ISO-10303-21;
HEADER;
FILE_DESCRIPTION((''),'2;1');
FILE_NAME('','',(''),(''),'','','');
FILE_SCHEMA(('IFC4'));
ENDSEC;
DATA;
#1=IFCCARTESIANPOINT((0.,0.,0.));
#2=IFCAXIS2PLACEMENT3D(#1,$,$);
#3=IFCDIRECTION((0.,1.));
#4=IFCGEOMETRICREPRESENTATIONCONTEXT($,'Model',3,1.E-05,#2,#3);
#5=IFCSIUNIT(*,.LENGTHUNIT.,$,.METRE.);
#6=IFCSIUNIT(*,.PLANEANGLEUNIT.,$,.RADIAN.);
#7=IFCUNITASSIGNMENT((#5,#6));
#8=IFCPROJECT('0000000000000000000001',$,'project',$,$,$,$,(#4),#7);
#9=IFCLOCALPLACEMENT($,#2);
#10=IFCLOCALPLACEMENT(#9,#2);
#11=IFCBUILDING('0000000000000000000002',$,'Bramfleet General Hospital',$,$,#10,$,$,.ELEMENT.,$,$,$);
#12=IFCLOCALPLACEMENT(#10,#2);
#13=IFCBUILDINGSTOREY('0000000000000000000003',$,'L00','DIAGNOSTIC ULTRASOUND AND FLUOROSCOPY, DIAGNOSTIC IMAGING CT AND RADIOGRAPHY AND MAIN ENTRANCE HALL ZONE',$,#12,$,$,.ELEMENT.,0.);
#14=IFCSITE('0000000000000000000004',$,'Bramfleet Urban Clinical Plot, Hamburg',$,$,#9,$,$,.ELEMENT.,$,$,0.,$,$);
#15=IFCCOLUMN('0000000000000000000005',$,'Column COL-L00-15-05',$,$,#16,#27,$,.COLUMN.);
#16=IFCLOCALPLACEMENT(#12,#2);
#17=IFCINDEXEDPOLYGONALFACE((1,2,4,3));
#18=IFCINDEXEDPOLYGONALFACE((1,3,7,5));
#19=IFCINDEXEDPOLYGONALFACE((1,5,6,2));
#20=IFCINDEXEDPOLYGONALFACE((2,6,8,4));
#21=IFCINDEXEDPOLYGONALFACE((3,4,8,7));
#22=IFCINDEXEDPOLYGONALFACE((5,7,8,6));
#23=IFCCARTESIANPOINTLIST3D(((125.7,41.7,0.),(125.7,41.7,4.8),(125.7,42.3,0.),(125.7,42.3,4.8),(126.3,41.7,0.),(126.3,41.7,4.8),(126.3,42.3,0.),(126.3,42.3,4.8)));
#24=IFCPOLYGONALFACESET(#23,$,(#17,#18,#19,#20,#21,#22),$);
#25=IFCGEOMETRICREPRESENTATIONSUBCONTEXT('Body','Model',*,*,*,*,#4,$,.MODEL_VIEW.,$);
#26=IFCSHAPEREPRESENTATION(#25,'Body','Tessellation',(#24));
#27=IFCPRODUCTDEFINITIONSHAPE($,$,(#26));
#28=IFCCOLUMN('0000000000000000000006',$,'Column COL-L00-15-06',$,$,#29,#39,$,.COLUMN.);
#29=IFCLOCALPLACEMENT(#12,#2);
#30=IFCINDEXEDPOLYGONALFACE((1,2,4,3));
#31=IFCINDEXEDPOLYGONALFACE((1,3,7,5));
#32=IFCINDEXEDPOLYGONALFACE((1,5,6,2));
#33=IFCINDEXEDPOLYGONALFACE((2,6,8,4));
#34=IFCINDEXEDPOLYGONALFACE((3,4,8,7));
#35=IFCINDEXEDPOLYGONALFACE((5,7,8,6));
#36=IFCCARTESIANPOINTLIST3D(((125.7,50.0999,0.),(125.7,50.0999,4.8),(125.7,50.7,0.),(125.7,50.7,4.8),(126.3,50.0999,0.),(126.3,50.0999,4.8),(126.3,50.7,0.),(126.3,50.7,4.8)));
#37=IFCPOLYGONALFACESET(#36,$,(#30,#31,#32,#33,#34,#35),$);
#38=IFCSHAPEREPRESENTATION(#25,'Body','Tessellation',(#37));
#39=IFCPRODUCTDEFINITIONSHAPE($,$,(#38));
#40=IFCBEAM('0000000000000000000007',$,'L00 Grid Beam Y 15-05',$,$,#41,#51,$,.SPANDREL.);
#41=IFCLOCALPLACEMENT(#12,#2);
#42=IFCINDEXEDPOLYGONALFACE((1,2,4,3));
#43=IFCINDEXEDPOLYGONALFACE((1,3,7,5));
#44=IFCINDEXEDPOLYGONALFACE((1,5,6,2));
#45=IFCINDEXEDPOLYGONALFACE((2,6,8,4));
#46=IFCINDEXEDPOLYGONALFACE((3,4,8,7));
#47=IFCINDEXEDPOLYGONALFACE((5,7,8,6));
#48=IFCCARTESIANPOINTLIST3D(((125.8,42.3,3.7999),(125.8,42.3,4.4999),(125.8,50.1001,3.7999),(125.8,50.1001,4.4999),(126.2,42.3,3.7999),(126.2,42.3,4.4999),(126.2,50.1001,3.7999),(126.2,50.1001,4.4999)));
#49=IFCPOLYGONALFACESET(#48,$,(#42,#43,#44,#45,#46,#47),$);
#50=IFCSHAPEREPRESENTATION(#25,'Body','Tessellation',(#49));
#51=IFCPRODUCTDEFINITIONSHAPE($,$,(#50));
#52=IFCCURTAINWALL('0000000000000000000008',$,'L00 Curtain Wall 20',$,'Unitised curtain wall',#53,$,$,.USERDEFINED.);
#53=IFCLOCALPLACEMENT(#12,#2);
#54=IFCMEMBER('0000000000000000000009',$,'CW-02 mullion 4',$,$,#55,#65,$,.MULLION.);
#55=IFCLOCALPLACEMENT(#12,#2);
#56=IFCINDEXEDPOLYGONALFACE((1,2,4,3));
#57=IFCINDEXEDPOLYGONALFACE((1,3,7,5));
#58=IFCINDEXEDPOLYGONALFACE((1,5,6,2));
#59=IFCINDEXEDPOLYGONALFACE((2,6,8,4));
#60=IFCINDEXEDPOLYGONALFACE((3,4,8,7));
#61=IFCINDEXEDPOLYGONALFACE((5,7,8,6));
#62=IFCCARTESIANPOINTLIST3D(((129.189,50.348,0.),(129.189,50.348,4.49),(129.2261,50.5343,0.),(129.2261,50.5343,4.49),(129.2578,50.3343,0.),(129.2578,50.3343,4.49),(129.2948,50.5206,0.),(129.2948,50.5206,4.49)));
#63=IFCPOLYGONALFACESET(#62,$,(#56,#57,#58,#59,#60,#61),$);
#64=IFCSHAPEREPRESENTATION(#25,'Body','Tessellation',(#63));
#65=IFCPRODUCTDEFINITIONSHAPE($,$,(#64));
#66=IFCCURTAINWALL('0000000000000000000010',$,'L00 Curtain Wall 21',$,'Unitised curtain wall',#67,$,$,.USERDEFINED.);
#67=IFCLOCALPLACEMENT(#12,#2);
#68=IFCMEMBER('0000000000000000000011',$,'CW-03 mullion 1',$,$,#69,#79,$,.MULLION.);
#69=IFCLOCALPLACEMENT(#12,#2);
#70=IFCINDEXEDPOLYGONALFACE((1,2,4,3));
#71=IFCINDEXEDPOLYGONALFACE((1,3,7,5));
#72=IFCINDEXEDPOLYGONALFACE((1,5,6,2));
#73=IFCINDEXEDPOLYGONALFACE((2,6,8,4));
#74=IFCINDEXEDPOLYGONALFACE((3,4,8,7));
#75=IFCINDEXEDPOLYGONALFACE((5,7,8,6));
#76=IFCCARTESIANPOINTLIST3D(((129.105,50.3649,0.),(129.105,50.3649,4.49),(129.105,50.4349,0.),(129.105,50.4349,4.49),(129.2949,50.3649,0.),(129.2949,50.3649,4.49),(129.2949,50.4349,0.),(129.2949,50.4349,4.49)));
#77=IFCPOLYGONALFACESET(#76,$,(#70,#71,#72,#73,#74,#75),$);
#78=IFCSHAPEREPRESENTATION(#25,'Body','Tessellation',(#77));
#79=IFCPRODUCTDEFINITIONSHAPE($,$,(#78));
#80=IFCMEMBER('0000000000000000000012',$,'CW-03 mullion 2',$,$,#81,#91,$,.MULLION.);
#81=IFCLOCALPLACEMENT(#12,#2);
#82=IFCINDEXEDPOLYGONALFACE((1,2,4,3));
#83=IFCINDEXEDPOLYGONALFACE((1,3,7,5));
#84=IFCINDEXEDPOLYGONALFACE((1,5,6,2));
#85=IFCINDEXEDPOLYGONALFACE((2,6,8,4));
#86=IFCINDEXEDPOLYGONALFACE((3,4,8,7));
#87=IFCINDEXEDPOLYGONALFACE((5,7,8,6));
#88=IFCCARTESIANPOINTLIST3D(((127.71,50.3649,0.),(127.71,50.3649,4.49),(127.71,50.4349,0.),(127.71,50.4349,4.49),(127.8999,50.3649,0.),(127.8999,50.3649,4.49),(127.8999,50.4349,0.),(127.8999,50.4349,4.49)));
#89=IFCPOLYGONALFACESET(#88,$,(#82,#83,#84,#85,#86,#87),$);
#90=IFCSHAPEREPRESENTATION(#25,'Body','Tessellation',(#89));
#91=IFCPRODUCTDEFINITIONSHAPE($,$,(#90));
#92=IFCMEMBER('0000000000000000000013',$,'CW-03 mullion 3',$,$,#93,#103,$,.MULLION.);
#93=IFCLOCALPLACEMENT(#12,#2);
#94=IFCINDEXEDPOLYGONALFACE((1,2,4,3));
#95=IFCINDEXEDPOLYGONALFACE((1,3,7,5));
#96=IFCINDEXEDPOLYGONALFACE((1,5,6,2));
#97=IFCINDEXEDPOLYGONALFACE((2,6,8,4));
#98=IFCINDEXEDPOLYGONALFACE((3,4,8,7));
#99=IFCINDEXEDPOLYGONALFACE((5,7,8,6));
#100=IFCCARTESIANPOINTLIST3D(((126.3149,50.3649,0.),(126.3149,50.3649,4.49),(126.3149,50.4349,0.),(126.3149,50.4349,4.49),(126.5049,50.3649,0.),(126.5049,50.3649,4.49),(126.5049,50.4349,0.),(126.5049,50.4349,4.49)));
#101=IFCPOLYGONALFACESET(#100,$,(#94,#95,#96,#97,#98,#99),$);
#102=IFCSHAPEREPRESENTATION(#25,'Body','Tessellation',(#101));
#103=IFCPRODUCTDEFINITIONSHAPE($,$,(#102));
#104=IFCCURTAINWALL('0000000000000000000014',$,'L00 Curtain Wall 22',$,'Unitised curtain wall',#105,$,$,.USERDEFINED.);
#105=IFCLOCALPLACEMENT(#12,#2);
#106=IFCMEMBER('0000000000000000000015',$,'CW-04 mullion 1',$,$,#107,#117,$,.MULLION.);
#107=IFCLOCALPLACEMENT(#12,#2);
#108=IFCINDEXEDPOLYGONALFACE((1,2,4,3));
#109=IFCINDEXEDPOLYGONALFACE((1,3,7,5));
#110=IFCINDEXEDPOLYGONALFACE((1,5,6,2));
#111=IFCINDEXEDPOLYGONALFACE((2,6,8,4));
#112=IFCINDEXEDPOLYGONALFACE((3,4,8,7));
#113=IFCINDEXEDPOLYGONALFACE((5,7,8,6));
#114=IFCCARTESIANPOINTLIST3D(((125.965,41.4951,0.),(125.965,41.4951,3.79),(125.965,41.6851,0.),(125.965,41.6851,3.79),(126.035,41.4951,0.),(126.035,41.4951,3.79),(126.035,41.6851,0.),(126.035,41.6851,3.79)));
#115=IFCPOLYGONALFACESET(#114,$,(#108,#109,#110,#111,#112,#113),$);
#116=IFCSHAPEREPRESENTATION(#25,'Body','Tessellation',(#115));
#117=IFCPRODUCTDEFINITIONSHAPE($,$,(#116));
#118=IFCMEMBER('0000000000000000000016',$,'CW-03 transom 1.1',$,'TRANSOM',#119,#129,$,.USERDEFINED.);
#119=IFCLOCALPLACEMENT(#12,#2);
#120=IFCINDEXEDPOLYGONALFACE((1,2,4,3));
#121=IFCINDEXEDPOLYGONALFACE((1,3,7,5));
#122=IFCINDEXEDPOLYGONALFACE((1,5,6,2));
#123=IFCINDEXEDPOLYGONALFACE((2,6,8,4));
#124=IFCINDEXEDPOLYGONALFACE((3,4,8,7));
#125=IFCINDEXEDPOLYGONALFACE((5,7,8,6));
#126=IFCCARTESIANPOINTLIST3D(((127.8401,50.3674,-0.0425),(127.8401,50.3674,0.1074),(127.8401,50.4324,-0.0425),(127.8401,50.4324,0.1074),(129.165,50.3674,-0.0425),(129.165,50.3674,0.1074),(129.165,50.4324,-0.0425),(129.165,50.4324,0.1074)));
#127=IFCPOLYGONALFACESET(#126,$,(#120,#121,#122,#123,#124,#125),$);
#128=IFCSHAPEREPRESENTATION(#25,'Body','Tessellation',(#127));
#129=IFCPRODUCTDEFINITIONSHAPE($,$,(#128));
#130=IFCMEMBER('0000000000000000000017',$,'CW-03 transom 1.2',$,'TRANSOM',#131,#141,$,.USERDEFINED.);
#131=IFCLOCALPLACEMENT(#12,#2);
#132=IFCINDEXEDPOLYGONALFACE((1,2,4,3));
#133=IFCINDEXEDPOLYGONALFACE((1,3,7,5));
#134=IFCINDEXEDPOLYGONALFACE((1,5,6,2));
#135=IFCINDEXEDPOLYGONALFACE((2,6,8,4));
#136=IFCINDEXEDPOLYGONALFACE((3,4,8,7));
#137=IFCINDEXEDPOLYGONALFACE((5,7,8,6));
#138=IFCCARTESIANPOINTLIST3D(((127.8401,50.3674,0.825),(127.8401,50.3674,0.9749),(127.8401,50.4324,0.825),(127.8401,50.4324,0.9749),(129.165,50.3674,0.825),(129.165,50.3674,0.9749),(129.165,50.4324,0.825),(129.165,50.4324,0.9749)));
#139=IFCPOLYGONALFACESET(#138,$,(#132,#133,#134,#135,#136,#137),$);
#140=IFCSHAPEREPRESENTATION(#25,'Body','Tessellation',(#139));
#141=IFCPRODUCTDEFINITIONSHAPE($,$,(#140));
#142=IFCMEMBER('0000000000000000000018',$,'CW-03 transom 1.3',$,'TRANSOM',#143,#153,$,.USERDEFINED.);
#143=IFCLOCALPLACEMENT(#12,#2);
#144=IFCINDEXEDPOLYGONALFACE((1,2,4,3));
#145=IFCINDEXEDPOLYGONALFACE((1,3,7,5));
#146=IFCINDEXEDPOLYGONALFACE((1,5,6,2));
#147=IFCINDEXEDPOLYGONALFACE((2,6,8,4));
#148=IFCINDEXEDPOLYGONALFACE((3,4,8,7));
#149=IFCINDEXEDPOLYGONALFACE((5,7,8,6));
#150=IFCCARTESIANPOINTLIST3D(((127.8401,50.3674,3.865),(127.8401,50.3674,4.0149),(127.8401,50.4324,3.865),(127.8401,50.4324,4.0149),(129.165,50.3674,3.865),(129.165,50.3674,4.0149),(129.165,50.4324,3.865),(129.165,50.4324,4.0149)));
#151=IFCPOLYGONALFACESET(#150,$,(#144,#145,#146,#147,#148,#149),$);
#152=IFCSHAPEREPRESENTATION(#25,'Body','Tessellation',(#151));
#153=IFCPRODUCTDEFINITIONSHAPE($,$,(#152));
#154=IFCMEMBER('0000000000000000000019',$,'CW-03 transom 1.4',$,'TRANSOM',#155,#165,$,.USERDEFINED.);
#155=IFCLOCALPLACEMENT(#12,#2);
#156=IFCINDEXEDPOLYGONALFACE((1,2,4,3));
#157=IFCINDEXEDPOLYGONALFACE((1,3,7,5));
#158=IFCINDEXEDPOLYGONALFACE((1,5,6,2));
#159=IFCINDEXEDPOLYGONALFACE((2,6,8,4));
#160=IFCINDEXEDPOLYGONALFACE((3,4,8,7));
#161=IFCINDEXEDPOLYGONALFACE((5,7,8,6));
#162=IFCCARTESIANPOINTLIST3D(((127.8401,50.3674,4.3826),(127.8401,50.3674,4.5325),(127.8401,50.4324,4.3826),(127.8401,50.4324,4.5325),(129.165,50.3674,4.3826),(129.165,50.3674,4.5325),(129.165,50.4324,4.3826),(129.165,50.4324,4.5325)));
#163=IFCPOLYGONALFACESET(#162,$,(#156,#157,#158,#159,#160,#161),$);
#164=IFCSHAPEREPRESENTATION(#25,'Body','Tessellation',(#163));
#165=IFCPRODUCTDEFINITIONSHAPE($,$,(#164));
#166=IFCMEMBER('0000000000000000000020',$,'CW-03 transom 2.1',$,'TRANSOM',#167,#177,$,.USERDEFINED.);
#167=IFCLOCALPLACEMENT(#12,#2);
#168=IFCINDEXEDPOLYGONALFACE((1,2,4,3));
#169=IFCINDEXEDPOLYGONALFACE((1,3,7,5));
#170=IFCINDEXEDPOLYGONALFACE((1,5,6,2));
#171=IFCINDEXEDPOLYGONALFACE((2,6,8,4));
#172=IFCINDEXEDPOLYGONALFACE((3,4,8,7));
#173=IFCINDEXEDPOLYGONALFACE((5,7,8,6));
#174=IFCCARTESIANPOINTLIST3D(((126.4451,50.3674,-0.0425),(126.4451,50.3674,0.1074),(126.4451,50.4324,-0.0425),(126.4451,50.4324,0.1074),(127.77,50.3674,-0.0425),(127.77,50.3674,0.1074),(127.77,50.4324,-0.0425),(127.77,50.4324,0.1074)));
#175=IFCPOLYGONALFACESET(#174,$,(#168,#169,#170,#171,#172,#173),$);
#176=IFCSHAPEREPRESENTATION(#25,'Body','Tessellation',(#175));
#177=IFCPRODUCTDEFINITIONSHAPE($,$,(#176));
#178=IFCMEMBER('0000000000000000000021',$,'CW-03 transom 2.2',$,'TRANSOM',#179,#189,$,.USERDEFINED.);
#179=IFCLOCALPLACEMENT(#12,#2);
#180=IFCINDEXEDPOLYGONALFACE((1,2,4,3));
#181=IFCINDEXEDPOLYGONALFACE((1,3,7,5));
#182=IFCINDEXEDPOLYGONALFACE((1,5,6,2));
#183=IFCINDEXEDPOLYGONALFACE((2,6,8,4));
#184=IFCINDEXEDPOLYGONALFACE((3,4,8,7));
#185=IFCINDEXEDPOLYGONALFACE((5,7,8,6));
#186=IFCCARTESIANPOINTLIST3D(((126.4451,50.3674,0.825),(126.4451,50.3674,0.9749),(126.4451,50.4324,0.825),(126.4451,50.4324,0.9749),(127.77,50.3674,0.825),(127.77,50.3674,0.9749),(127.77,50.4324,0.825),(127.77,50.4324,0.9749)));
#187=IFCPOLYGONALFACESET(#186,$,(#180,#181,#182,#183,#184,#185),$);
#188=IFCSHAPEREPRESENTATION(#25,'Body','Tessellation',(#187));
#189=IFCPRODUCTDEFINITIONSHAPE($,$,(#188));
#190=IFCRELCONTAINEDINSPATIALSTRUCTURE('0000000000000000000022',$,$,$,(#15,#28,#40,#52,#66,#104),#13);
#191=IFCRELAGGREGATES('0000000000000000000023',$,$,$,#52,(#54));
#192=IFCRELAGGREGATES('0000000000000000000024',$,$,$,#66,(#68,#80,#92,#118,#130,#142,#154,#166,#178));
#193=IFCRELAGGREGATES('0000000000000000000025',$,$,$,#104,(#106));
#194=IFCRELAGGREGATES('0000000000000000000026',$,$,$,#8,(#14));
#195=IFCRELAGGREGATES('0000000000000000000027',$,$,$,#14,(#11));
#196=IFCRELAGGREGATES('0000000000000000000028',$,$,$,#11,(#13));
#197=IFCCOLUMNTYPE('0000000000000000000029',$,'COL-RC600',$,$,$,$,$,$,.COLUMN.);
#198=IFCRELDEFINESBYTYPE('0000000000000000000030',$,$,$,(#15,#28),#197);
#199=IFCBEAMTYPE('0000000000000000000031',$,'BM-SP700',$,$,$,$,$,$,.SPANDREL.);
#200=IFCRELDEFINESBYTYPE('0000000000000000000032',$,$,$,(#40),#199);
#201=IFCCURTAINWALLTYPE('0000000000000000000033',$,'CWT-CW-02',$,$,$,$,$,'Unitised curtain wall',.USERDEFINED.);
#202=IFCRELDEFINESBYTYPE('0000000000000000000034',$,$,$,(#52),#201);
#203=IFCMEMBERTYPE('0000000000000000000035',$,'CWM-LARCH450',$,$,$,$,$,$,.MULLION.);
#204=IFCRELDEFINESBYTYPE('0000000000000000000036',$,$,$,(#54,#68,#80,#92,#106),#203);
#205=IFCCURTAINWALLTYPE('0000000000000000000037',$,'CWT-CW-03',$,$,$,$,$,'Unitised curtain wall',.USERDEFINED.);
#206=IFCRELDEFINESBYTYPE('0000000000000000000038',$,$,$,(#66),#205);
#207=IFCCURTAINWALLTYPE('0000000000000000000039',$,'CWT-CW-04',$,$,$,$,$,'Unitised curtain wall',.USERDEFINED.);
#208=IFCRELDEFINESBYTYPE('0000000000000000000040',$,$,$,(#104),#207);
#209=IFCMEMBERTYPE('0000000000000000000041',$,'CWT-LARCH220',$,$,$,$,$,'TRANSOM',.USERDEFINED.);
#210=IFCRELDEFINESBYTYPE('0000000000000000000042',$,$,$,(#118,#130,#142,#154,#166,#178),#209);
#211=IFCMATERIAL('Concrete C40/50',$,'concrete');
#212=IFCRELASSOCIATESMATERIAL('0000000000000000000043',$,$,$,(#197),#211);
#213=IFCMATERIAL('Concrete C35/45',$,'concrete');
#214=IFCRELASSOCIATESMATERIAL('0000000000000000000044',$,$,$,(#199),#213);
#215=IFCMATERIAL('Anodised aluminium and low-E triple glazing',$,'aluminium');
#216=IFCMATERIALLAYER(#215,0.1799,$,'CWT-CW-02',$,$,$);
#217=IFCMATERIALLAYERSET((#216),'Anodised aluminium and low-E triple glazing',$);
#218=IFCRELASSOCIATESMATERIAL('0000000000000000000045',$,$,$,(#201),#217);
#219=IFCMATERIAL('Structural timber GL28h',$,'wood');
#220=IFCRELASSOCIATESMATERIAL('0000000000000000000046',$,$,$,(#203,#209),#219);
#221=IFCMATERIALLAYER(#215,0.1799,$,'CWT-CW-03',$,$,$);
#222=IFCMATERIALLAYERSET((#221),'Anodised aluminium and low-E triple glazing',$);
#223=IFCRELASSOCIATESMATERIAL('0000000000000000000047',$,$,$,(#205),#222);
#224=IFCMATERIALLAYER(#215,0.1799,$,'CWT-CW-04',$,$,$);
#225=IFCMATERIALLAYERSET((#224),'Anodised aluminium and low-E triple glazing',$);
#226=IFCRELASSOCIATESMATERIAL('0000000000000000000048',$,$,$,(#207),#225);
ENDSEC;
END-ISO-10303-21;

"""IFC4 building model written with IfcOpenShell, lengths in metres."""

from ifc_helpers import new_model, si_unit, direction, frame, origin, origin_2d, place, context, subcontext, project, spatial, rectangle, extrude, material, layer, layer_set, material_profile, profile_set, type_object, element, aggregate, save


model = new_model("IFC4")

# Units and contexts
model_context = context("Model", 3, precision=1e-05, world=origin(), true_north=direction((0.0, 1.0)))
body_context = subcontext(model_context, "Body", "Model", "MODEL_VIEW")
ifc_project = project(units=[si_unit("LENGTHUNIT", "METRE"), si_unit("PLANEANGLEUNIT", "RADIAN")], contexts=[model_context])

# Site, building, storey
site_placement = place(None, origin())
site = spatial("IfcSite", under=ifc_project, at=site_placement, Name="Bramfleet Urban Clinical Plot, Hamburg", CompositionType="ELEMENT", RefElevation=0.0)
building_placement = place(site_placement, origin())
building = spatial("IfcBuilding", under=site, at=building_placement, Name="Bramfleet General Hospital", CompositionType="ELEMENT")
storey_placement = place(building_placement, origin())
storey = spatial("IfcBuildingStorey", under=building, at=storey_placement, Name="L00", Description="DIAGNOSTIC ULTRASOUND AND FLUOROSCOPY, DIAGNOSTIC IMAGING CT AND RADIOGRAPHY AND MAIN ENTRANCE HALL ZONE", CompositionType="ELEMENT", Elevation=0.0)

# Columns
ifc_material_1 = material(Name="Concrete C40/50", Category="concrete")
ifc_material_profile_1 = material_profile(ifc_material_1, rectangle(XDim=0.6001, YDim=0.6001, at=origin_2d()), Name="RC COL 600x600")
ifc_profile_set_1 = profile_set([ifc_material_profile_1], Name="Concrete C40/50")
column_type = type_object("IfcColumnType", Name="COL-RC600", PredefinedType="COLUMN", material=ifc_profile_set_1)
for number, where, z_axis, x_axis, name in (
    (1, (126.0, 42.0, 0.0), (0.0, 0.0, 1.0), (1.0, 0.0, 0.0), "Column COL-L00-15-05"),
    (2, (126.0, 50.3999, 0.0), (0.0, 0.0, 1.0), (1.0, 0.0, 0.0), "Column COL-L00-15-06"),
):
    element("IfcColumn", number, at=place(storey_placement, frame(where, z_axis=z_axis, x_axis=x_axis)), inside=storey, type_object=column_type, Name=name, PredefinedType="COLUMN", context=body_context, shape_type="SweptSolid", body=[
        extrude(rectangle(XDim=0.6001, YDim=0.6001, at=origin_2d()), origin(), (0.0, 0.0, 1.0), 4.8),
    ])

# Beam
ifc_material_2 = material(Name="Concrete C35/45", Category="concrete")
ifc_material_profile_2 = material_profile(ifc_material_2, rectangle(XDim=0.3999, YDim=0.7, at=origin_2d()), Name="RC SP 700x400")
ifc_profile_set_2 = profile_set([ifc_material_profile_2], Name="Concrete C35/45")
beam_type = type_object("IfcBeamType", Name="BM-SP700", PredefinedType="SPANDREL", material=ifc_profile_set_2)
beam_placement = place(storey_placement, frame((126.0, 42.3, 4.1499), z_axis=(0.0, 1.0, 0.0), x_axis=(-1.0, 0.0, 0.0)))
element("IfcBeam", 3, at=beam_placement, inside=storey, type_object=beam_type, Name="L00 Grid Beam Y 15-05", PredefinedType="SPANDREL", context=body_context, shape_type="SweptSolid", body=[
    extrude(rectangle(XDim=0.3999, YDim=0.7, at=origin_2d()), origin(), (0.0, 0.0, 1.0), 7.8),
])

# Curtain wall, member
ifc_material_3 = material(Name="Anodised aluminium and low-E triple glazing", Category="aluminium")
ifc_layer_1 = layer(ifc_material_3, 0.1799, Name="CWT-CW-02")
ifc_layer_set_1 = layer_set([ifc_layer_1], Name="Anodised aluminium and low-E triple glazing")
curtain_wall_type_1 = type_object("IfcCurtainWallType", Name="CWT-CW-02", ElementType="Unitised curtain wall", PredefinedType="USERDEFINED", material=ifc_layer_set_1)
curtain_wall_1_placement = place(storey_placement, origin())
curtain_wall_1 = element("IfcCurtainWall", 4, at=curtain_wall_1_placement, inside=storey, type_object=curtain_wall_type_1, Name="L00 Curtain Wall 20", ObjectType="Unitised curtain wall", PredefinedType="USERDEFINED")
ifc_material_4 = material(Name="Structural timber GL28h", Category="wood")
ifc_material_profile_3 = material_profile(ifc_material_4, rectangle(XDim=0.0701, YDim=0.1899, at=origin_2d()), Name="LARCH 190x70")
ifc_profile_set_3 = profile_set([ifc_material_profile_3], Name="Structural timber GL28h")
member_type_1 = type_object("IfcMemberType", Name="CWM-LARCH450", PredefinedType="MULLION", material=ifc_profile_set_3)
member_1_placement = place(storey_placement, frame((129.2419, 50.4343, 0.0), z_axis=(0.0, 0.0, 1.0), x_axis=(0.980749, -0.195272, 0.0)))
member_1 = element("IfcMember", 5, at=member_1_placement, type_object=member_type_1, Name="CW-02 mullion 4", PredefinedType="MULLION", context=body_context, shape_type="SweptSolid", body=[
    extrude(rectangle(XDim=0.0701, YDim=0.1899, at=origin_2d()), origin(), (0.0, 0.0, 1.0), 4.49),
])
aggregate(curtain_wall_1, [member_1])

# Curtain wall, members
ifc_layer_2 = layer(ifc_material_3, 0.1799, Name="CWT-CW-03")
ifc_layer_set_2 = layer_set([ifc_layer_2], Name="Anodised aluminium and low-E triple glazing")
curtain_wall_type_2 = type_object("IfcCurtainWallType", Name="CWT-CW-03", ElementType="Unitised curtain wall", PredefinedType="USERDEFINED", material=ifc_layer_set_2)
curtain_wall_2_placement = place(storey_placement, origin())
curtain_wall_2 = element("IfcCurtainWall", 6, at=curtain_wall_2_placement, inside=storey, type_object=curtain_wall_type_2, Name="L00 Curtain Wall 21", ObjectType="Unitised curtain wall", PredefinedType="USERDEFINED")
member_2_placement = place(storey_placement, frame((129.2, 50.3999, 0.0), z_axis=(0.0, 0.0, 1.0), x_axis=(0.0, -1.0, 0.0)))
member_2 = element("IfcMember", 7, at=member_2_placement, type_object=member_type_1, Name="CW-03 mullion 1", PredefinedType="MULLION", context=body_context, shape_type="SweptSolid", body=[
    extrude(rectangle(XDim=0.0701, YDim=0.1899, at=origin_2d()), origin(), (0.0, 0.0, 1.0), 4.49),
])
member_3_placement = place(storey_placement, frame((127.8049, 50.3999, 0.0), z_axis=(0.0, 0.0, 1.0), x_axis=(0.0, -1.0, 0.0)))
member_3 = element("IfcMember", 8, at=member_3_placement, type_object=member_type_1, Name="CW-03 mullion 2", PredefinedType="MULLION", context=body_context, shape_type="SweptSolid", body=[
    extrude(rectangle(XDim=0.0701, YDim=0.1899, at=origin_2d()), origin(), (0.0, 0.0, 1.0), 4.49),
])
member_4_placement = place(storey_placement, frame((126.4099, 50.3999, 0.0), z_axis=(0.0, 0.0, 1.0), x_axis=(0.0, -1.0, 0.0)))
member_4 = element("IfcMember", 9, at=member_4_placement, type_object=member_type_1, Name="CW-03 mullion 3", PredefinedType="MULLION", context=body_context, shape_type="SweptSolid", body=[
    extrude(rectangle(XDim=0.0701, YDim=0.1899, at=origin_2d()), origin(), (0.0, 0.0, 1.0), 4.49),
])

# Curtain wall, member
ifc_layer_3 = layer(ifc_material_3, 0.1799, Name="CWT-CW-04")
ifc_layer_set_3 = layer_set([ifc_layer_3], Name="Anodised aluminium and low-E triple glazing")
curtain_wall_type_3 = type_object("IfcCurtainWallType", Name="CWT-CW-04", ElementType="Unitised curtain wall", PredefinedType="USERDEFINED", material=ifc_layer_set_3)
curtain_wall_3_placement = place(storey_placement, origin())
curtain_wall_3 = element("IfcCurtainWall", 10, at=curtain_wall_3_placement, inside=storey, type_object=curtain_wall_type_3, Name="L00 Curtain Wall 22", ObjectType="Unitised curtain wall", PredefinedType="USERDEFINED")
member_5_placement = place(storey_placement, frame((126.0, 41.5901, 0.0), z_axis=(0.0, 0.0, 1.0), x_axis=(1.0, 0.0, 0.0)))
member_5 = element("IfcMember", 11, at=member_5_placement, type_object=member_type_1, Name="CW-04 mullion 1", PredefinedType="MULLION", context=body_context, shape_type="SweptSolid", body=[
    extrude(rectangle(XDim=0.0701, YDim=0.1899, at=origin_2d()), origin(), (0.0, 0.0, 1.0), 3.79),
])

# Members
ifc_material_profile_4 = material_profile(ifc_material_4, rectangle(XDim=0.0649, YDim=0.1499, at=origin_2d()), Name="LARCH 150x65")
ifc_profile_set_4 = profile_set([ifc_material_profile_4], Name="Structural timber GL28h")
member_type_2 = type_object("IfcMemberType", Name="CWT-LARCH220", ElementType="TRANSOM", PredefinedType="USERDEFINED", material=ifc_profile_set_4)
member_6_placement = place(storey_placement, frame((129.165, 50.3999, 0.0325), z_axis=(-1.0, 0.0, 0.0), x_axis=(0.0, -1.0, 0.0)))
member_6 = element("IfcMember", 12, at=member_6_placement, type_object=member_type_2, Name="CW-03 transom 1.1", ObjectType="TRANSOM", PredefinedType="USERDEFINED", context=body_context, shape_type="SweptSolid", body=[
    extrude(rectangle(XDim=0.0649, YDim=0.1499, at=origin_2d()), origin(), (0.0, 0.0, 1.0), 1.325),
])
member_7_placement = place(storey_placement, frame((129.165, 50.3999, 0.8999), z_axis=(-1.0, 0.0, 0.0), x_axis=(0.0, -1.0, 0.0)))
member_7 = element("IfcMember", 13, at=member_7_placement, type_object=member_type_2, Name="CW-03 transom 1.2", ObjectType="TRANSOM", PredefinedType="USERDEFINED", context=body_context, shape_type="SweptSolid", body=[
    extrude(rectangle(XDim=0.0649, YDim=0.1499, at=origin_2d()), origin(), (0.0, 0.0, 1.0), 1.325),
])
member_8_placement = place(storey_placement, frame((129.165, 50.3999, 3.9399), z_axis=(-1.0, 0.0, 0.0), x_axis=(0.0, -1.0, 0.0)))
member_8 = element("IfcMember", 14, at=member_8_placement, type_object=member_type_2, Name="CW-03 transom 1.3", ObjectType="TRANSOM", PredefinedType="USERDEFINED", context=body_context, shape_type="SweptSolid", body=[
    extrude(rectangle(XDim=0.0649, YDim=0.1499, at=origin_2d()), origin(), (0.0, 0.0, 1.0), 1.325),
])
member_9_placement = place(storey_placement, frame((129.165, 50.3999, 4.4575), z_axis=(-1.0, 0.0, 0.0), x_axis=(0.0, -1.0, 0.0)))
member_9 = element("IfcMember", 15, at=member_9_placement, type_object=member_type_2, Name="CW-03 transom 1.4", ObjectType="TRANSOM", PredefinedType="USERDEFINED", context=body_context, shape_type="SweptSolid", body=[
    extrude(rectangle(XDim=0.0649, YDim=0.1499, at=origin_2d()), origin(), (0.0, 0.0, 1.0), 1.325),
])
member_10_placement = place(storey_placement, frame((127.77, 50.3999, 0.0325), z_axis=(-1.0, 0.0, 0.0), x_axis=(0.0, -1.0, 0.0)))
member_10 = element("IfcMember", 16, at=member_10_placement, type_object=member_type_2, Name="CW-03 transom 2.1", ObjectType="TRANSOM", PredefinedType="USERDEFINED", context=body_context, shape_type="SweptSolid", body=[
    extrude(rectangle(XDim=0.0649, YDim=0.1499, at=origin_2d()), origin(), (0.0, 0.0, 1.0), 1.325),
])
member_11_placement = place(storey_placement, frame((127.77, 50.3999, 0.8999), z_axis=(-1.0, 0.0, 0.0), x_axis=(0.0, -1.0, 0.0)))
member_11 = element("IfcMember", 17, at=member_11_placement, type_object=member_type_2, Name="CW-03 transom 2.2", ObjectType="TRANSOM", PredefinedType="USERDEFINED", context=body_context, shape_type="SweptSolid", body=[
    extrude(rectangle(XDim=0.0649, YDim=0.1499, at=origin_2d()), origin(), (0.0, 0.0, 1.0), 1.325),
])

aggregate(curtain_wall_2, [member_2, member_3, member_4, member_6, member_7, member_8, member_9, member_10, member_11])
aggregate(curtain_wall_3, [member_5])

save(model, "model.ifc")
